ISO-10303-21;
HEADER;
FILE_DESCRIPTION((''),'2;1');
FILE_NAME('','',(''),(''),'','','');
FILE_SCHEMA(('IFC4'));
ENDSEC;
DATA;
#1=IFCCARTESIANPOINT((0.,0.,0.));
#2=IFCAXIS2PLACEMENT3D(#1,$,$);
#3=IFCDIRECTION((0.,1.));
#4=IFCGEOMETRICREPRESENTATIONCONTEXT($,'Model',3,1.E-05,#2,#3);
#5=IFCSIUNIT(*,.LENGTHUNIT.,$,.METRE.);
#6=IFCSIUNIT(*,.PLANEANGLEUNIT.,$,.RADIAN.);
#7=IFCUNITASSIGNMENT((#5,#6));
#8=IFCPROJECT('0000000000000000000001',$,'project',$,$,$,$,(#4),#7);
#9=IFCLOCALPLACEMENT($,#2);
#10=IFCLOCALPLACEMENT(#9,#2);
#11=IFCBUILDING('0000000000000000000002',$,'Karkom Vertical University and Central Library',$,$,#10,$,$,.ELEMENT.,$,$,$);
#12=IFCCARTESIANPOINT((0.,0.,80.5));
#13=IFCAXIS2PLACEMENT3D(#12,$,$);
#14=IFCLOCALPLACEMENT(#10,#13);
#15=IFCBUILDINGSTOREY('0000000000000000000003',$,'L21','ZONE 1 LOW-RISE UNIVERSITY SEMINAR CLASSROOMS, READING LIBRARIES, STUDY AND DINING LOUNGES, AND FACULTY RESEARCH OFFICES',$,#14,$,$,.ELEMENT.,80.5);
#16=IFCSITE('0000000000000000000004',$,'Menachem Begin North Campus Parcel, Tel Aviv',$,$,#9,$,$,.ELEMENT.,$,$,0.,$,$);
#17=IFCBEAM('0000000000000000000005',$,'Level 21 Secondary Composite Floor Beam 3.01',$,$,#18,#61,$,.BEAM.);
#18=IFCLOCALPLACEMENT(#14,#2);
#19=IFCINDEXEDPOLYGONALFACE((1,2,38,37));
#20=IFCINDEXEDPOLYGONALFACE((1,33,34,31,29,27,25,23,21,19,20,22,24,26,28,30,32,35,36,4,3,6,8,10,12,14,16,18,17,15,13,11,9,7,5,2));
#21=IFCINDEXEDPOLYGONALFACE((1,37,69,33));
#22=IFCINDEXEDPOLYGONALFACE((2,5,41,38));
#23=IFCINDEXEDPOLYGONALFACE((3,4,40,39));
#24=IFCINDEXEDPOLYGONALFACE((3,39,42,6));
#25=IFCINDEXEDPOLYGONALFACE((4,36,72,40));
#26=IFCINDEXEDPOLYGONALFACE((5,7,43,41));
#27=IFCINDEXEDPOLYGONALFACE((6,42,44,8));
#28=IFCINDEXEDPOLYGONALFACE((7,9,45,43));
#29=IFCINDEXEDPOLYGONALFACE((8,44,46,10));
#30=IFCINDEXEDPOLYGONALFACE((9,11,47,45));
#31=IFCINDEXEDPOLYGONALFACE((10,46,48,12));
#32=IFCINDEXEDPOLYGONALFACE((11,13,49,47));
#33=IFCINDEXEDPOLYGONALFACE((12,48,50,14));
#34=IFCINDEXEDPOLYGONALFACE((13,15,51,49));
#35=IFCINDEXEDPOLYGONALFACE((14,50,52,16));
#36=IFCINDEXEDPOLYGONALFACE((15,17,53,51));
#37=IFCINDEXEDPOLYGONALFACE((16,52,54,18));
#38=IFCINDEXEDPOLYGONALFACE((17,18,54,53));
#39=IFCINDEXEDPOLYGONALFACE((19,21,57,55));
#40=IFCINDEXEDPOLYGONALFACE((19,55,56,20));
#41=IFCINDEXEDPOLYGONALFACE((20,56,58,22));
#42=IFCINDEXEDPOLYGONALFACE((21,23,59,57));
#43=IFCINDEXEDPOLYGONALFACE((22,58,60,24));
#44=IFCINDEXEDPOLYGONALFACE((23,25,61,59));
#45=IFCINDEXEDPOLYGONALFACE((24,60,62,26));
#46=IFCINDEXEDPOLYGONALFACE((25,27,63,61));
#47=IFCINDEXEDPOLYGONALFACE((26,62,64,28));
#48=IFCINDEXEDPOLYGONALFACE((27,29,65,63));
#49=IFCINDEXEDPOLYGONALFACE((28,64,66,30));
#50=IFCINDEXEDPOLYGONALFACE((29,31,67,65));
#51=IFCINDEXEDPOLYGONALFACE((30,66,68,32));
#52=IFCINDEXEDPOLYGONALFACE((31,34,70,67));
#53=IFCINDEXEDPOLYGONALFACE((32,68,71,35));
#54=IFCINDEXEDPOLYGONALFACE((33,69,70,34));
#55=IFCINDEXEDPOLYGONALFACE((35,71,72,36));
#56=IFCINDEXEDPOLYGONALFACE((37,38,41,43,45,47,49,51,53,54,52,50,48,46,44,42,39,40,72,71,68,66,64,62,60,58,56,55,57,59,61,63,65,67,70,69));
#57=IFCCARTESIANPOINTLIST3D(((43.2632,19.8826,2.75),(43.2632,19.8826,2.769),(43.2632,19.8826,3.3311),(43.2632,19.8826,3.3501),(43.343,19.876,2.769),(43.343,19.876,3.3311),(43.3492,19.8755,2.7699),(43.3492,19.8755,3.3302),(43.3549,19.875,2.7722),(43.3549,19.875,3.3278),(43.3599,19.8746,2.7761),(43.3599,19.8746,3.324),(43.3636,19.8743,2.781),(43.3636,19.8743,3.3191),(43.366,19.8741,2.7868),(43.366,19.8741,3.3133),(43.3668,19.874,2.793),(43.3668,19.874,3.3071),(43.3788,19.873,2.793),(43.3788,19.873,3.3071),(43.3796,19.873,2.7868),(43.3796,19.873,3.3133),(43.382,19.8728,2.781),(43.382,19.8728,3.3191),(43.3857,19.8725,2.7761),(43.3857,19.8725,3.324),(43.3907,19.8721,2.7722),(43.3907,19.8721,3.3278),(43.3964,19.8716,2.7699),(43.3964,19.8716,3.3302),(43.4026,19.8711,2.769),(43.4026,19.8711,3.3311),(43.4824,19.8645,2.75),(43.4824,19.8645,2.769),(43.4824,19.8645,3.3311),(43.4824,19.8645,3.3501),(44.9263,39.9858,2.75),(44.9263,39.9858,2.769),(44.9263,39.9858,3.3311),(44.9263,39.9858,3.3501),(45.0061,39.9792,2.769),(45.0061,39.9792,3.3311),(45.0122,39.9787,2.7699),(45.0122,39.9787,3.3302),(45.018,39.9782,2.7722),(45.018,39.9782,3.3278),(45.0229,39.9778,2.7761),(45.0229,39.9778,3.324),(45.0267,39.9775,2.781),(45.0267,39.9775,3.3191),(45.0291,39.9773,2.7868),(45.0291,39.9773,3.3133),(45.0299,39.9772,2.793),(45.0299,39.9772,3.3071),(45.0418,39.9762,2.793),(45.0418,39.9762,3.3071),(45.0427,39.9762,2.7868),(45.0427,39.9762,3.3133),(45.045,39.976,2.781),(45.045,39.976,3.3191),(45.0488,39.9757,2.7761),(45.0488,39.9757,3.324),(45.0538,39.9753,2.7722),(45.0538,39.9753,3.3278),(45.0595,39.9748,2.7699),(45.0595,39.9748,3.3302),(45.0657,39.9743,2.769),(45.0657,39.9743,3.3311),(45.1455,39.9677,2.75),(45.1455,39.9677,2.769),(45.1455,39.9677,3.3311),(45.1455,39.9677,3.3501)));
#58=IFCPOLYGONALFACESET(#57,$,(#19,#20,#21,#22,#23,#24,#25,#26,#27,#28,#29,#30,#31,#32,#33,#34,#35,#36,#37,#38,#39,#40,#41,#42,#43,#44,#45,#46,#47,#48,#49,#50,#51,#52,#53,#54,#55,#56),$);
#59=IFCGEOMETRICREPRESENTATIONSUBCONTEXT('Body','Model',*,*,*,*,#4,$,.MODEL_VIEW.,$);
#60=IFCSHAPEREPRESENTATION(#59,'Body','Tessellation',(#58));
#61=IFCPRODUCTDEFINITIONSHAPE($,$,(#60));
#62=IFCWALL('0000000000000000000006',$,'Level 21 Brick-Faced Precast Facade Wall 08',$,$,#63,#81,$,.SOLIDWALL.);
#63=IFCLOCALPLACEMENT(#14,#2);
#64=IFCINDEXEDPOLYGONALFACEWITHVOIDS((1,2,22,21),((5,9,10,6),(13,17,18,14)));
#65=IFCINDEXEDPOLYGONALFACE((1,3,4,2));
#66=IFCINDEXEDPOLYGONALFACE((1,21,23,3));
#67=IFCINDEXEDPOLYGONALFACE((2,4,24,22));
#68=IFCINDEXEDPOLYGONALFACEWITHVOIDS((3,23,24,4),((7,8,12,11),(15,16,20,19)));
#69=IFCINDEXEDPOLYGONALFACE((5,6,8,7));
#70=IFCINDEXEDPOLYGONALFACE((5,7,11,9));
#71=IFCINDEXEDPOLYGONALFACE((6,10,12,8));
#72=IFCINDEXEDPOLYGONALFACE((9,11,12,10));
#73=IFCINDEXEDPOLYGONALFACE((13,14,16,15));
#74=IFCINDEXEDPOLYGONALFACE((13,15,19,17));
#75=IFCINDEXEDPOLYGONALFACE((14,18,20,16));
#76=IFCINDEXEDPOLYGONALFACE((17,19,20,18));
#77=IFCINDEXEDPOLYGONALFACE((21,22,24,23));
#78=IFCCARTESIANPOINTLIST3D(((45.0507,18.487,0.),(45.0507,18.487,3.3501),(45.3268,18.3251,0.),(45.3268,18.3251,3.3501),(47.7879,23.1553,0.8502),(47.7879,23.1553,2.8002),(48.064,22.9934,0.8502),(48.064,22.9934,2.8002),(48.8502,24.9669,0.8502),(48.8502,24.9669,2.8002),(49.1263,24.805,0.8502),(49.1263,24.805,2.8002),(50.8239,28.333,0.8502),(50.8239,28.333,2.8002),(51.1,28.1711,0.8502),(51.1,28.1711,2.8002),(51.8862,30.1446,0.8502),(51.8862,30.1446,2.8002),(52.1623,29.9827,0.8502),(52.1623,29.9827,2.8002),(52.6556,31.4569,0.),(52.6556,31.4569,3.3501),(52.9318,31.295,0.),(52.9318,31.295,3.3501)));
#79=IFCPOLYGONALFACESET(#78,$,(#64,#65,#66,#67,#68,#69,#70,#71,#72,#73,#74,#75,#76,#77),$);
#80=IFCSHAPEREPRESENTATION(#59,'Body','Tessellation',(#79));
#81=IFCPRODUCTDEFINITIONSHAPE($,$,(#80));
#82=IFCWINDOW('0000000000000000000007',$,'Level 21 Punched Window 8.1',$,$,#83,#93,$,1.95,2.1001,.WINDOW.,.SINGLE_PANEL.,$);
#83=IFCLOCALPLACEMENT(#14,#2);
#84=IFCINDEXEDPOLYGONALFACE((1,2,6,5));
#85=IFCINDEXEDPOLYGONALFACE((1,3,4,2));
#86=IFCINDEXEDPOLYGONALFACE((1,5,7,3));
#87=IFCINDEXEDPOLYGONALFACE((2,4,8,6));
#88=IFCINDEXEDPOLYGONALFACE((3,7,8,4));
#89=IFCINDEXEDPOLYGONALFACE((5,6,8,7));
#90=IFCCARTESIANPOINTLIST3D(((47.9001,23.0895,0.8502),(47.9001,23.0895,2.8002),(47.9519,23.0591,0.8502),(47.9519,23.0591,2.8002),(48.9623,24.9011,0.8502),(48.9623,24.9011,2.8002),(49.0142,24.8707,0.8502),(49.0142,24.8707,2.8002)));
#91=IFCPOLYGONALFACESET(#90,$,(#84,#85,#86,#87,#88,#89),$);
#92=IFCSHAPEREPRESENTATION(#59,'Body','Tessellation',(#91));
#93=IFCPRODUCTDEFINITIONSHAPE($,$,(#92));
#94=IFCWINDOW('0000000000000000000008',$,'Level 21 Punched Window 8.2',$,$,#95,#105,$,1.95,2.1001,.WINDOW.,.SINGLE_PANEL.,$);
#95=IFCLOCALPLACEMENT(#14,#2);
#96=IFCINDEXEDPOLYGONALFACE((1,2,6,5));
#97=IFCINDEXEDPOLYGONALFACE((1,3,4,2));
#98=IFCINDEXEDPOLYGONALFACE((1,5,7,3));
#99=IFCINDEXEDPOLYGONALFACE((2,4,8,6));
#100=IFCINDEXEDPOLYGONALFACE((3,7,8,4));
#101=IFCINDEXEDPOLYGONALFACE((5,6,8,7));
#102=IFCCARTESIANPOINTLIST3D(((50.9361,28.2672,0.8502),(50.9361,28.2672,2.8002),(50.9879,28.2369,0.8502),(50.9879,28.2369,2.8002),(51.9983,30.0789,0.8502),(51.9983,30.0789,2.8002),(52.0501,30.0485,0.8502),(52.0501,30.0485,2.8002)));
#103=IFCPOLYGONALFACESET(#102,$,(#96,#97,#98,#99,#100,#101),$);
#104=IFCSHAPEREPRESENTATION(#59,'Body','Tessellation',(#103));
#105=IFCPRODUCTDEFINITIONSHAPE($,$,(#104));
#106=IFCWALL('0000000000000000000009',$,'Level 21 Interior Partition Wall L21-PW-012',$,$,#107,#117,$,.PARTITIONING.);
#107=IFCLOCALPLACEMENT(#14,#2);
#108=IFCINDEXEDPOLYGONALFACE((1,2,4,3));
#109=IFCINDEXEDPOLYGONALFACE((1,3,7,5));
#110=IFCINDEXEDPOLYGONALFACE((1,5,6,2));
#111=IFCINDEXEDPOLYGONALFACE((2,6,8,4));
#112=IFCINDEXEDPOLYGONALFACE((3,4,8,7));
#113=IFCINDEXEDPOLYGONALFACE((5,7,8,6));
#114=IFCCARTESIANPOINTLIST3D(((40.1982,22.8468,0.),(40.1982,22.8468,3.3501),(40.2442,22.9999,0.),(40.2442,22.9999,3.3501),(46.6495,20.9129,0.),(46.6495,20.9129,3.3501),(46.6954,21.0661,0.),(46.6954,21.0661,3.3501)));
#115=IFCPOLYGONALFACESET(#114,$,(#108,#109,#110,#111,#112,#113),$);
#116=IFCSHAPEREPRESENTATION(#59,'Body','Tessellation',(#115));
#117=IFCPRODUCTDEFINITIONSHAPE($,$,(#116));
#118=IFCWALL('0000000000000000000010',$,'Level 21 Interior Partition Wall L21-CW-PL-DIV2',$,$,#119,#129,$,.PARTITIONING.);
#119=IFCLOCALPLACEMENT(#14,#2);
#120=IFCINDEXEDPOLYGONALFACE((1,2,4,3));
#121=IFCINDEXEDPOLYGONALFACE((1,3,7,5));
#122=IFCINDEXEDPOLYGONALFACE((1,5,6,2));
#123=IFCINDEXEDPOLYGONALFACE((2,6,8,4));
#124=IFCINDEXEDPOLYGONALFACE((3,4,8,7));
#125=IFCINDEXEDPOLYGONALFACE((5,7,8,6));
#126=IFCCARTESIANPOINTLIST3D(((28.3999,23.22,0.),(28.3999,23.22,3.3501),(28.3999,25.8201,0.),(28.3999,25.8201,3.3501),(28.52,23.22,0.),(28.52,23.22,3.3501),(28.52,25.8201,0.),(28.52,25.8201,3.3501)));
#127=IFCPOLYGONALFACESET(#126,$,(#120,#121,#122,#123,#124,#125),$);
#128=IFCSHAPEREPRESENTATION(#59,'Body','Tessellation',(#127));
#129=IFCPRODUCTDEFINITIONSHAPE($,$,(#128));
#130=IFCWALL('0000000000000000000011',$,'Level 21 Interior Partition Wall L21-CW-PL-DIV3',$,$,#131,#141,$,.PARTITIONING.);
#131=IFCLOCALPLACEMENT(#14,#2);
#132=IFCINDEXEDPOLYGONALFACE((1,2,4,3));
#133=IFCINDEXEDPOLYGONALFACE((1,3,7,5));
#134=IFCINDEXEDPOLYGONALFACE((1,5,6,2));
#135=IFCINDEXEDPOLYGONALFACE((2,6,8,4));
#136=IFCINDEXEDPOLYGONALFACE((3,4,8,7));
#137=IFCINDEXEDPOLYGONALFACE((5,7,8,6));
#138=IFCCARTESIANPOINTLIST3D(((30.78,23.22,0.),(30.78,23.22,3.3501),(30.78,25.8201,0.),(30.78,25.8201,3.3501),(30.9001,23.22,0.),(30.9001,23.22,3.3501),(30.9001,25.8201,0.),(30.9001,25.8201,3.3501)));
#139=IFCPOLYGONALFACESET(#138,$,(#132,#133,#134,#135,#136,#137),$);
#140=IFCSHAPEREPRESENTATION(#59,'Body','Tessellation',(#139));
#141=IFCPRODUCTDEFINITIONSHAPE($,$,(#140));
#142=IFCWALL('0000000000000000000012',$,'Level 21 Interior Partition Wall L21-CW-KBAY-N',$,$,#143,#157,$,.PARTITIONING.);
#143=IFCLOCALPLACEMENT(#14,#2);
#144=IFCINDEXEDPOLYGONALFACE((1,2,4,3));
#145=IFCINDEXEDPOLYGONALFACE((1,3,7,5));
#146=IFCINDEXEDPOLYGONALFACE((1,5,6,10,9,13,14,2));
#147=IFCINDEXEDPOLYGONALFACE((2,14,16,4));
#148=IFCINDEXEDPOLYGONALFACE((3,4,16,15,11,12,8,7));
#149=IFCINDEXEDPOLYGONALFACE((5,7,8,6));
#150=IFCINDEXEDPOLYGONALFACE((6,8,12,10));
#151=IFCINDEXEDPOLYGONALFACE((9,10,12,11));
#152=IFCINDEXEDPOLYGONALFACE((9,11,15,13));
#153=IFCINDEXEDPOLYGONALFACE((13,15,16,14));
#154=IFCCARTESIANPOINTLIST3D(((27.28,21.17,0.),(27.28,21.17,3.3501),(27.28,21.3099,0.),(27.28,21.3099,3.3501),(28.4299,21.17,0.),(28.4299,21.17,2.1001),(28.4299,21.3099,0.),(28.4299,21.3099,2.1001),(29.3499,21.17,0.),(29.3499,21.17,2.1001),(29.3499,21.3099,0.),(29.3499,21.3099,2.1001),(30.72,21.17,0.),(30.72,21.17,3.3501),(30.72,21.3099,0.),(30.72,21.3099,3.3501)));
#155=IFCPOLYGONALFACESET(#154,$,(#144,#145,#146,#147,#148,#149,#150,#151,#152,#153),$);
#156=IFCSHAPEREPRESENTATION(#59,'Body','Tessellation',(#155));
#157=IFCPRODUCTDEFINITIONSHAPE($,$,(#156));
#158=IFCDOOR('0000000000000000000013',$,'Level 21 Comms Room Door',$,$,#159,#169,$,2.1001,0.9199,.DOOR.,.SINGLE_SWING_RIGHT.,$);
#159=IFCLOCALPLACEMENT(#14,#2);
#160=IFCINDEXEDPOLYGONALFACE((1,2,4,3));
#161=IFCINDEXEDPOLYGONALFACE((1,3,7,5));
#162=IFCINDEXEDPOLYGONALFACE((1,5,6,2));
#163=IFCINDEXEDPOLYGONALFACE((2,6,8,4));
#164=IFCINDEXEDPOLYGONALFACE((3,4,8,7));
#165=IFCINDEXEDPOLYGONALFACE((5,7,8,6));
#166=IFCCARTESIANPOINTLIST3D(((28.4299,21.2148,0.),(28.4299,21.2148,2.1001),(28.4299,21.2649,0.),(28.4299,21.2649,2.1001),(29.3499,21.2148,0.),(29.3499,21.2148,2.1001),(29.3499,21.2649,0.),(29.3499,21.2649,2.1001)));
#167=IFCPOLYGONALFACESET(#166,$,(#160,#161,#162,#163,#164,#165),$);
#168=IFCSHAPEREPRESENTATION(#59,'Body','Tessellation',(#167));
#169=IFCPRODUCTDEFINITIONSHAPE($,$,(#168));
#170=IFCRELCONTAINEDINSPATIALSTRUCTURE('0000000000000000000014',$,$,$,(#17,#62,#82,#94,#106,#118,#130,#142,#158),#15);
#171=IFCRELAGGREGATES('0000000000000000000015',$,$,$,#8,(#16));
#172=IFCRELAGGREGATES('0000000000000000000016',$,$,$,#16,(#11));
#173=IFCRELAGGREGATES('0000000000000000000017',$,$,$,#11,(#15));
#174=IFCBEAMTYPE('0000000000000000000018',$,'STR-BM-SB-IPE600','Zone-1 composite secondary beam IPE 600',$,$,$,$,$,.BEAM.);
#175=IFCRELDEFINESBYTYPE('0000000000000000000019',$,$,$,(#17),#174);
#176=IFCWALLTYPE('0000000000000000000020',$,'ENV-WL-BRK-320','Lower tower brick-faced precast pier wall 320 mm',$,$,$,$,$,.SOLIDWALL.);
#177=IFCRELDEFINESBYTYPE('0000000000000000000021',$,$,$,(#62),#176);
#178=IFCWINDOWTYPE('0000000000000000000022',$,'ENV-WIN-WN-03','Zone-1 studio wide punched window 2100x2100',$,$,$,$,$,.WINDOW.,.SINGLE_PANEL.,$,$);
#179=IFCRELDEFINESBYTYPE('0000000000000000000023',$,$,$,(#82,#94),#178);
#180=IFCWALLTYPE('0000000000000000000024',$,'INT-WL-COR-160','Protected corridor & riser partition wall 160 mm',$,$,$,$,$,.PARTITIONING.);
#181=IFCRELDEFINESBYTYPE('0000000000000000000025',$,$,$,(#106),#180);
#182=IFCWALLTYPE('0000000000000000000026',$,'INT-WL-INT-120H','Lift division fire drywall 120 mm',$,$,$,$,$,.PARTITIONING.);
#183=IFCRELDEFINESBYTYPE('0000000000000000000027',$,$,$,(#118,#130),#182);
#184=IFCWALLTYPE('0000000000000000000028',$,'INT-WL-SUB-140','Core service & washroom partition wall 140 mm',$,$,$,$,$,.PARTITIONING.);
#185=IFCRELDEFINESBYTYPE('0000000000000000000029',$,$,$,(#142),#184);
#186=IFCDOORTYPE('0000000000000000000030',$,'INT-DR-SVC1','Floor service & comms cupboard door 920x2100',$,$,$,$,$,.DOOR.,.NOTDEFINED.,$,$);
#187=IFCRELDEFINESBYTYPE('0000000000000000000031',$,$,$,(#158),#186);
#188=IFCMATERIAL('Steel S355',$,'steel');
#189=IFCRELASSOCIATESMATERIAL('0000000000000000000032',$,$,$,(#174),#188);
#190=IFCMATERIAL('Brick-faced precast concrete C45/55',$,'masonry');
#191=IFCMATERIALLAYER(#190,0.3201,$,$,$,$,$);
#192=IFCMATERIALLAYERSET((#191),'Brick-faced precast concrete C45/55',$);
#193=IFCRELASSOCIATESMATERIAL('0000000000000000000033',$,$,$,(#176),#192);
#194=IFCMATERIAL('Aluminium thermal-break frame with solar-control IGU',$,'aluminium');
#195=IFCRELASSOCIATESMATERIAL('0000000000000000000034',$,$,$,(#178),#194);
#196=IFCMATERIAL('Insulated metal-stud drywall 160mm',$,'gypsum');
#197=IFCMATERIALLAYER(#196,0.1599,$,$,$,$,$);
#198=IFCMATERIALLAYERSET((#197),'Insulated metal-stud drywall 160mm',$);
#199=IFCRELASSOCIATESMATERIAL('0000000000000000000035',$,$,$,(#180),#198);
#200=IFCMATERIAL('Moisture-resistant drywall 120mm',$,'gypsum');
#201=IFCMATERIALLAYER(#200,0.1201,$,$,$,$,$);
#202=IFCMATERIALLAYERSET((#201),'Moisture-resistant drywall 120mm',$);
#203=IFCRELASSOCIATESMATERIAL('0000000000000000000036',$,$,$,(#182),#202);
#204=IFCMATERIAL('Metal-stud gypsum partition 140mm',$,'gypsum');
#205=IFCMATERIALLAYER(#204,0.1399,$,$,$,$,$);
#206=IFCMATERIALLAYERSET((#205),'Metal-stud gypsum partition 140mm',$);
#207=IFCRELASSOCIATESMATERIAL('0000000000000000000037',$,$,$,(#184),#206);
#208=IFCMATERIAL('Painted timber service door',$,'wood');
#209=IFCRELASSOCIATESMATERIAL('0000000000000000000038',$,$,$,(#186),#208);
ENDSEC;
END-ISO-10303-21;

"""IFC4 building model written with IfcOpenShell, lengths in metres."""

from ifc_helpers import new_model, si_unit, direction, frame, frame_2d, origin, origin_with_axes, origin_2d, place, context, subcontext, project, spatial, rectangle, i_section, extrude, source, transform, mapped, material, layer, layer_set, material_profile, profile_set, type_object, element, fill, save


model = new_model("IFC4")

# Units and contexts
model_context = context("Model", 3, precision=1e-05, world=origin(), true_north=direction((0.0, 1.0)))
body_context = subcontext(model_context, "Body", "Model", "MODEL_VIEW")
ifc_project = project(units=[si_unit("LENGTHUNIT", "METRE"), si_unit("PLANEANGLEUNIT", "RADIAN")], contexts=[model_context])

# Site, building, storey
site_placement = place(None, origin())
site = spatial("IfcSite", under=ifc_project, at=site_placement, Name="Menachem Begin North Campus Parcel, Tel Aviv", CompositionType="ELEMENT", RefElevation=0.0)
building_placement = place(site_placement, origin())
building = spatial("IfcBuilding", under=site, at=building_placement, Name="Karkom Vertical University and Central Library", CompositionType="ELEMENT")
storey_placement = place(building_placement, frame((0.0, 0.0, 80.5)))
storey = spatial("IfcBuildingStorey", under=building, at=storey_placement, Name="L21", Description="ZONE 1 LOW-RISE UNIVERSITY SEMINAR CLASSROOMS, READING LIBRARIES, STUDY AND DINING LOUNGES, AND FACULTY RESEARCH OFFICES", CompositionType="ELEMENT", Elevation=80.5)

# Beam
ifc_material_1 = material(Name="Steel S355", Category="steel")
ifc_material_profile_1 = material_profile(ifc_material_1, i_section(OverallWidth=0.22, OverallDepth=0.6001, WebThickness=0.012, FlangeThickness=0.019, FilletRadius=0.0239, at=origin_2d()), Name="IPE 600")
ifc_profile_set_1 = profile_set([ifc_material_profile_1], Name="Steel S355")
beam_type_1 = type_object("IfcBeamType", Name="STR-BM-SB-IPE600", Description="Zone-1 composite secondary beam IPE 600", PredefinedType="BEAM", material=ifc_profile_set_1)
shared_shape_1 = source(origin_with_axes(), body_context, "Body", "SweptSolid", [
    extrude(i_section(OverallWidth=0.22, OverallDepth=0.6001, WebThickness=0.012, FlangeThickness=0.019, FilletRadius=0.0239, at=origin_2d()), origin(), (0.0, 0.0, 1.0), 20.1719),
])
beam_1_placement = place(storey_placement, frame((43.3728, 19.8735, 3.05), z_axis=(0.082445, 0.996596, 0.0), x_axis=(-0.996596, 0.082445, 0.0)))
element("IfcBeam", 1, at=beam_1_placement, inside=storey, type_object=beam_type_1, Name="Level 21 Secondary Composite Floor Beam 3.01", PredefinedType="BEAM", context=body_context, shape_type="MappedRepresentation", body=[
    mapped(shared_shape_1, transform((0.0, 0.0, 0.0), scale=1.0)),
])

# Wall, openings, windows
ifc_material_2 = material(Name="Brick-faced precast concrete C45/55", Category="masonry")
ifc_layer_1 = layer(ifc_material_2, 0.3201)
ifc_layer_set_1 = layer_set([ifc_layer_1], Name="Brick-faced precast concrete C45/55")
wall_type_1 = type_object("IfcWallType", Name="ENV-WL-BRK-320", Description="Lower tower brick-faced precast pier wall 320 mm", PredefinedType="SOLIDWALL", material=ifc_layer_set_1)
wall_1_placement = place(storey_placement, frame((45.1887, 18.406, 0.0), z_axis=(0.0, 0.0, 1.0), x_axis=(0.505813, 0.862643, 0.0)))
wall_1 = element("IfcWall", 2, at=wall_1_placement, inside=storey, type_object=wall_type_1, Name="Level 21 Brick-Faced Precast Facade Wall 08", PredefinedType="SOLIDWALL", context=body_context, shape_type="SweptSolid", body=[
    extrude(rectangle(XDim=15.0352, YDim=0.3201, at=frame_2d((7.5176, 0.0))), origin(), (0.0, 0.0, 1.0), 3.3501),
])
opening_1_placement = place(wall_1_placement, frame((5.4116, 0.0, 0.8501)))
opening_1 = element("IfcOpeningElement", 3, at=opening_1_placement, cuts=wall_1, PredefinedType="OPENING", context=body_context, shape_type="SweptSolid", body=[
    extrude(rectangle(XDim=2.1001, YDim=1.95, at=frame_2d((1.05, 0.9751))), frame((0.0, 0.1699, 0.0), z_axis=(0.0, -1.0, 0.0), x_axis=(1.0, 0.0, 0.0)), (0.0, 0.0, 1.0), 0.3401),
])
opening_2_placement = place(wall_1_placement, frame((11.4138, 0.0, 0.8501)))
opening_2 = element("IfcOpeningElement", 4, at=opening_2_placement, cuts=wall_1, PredefinedType="OPENING", context=body_context, shape_type="SweptSolid", body=[
    extrude(rectangle(XDim=2.1001, YDim=1.95, at=frame_2d((1.05, 0.9751))), frame((0.0, 0.1699, 0.0), z_axis=(0.0, -1.0, 0.0), x_axis=(1.0, 0.0, 0.0)), (0.0, 0.0, 1.0), 0.3401),
])
ifc_material_3 = material(Name="Aluminium thermal-break frame with solar-control IGU", Category="aluminium")
window_type = type_object("IfcWindowType", Name="ENV-WIN-WN-03", Description="Zone-1 studio wide punched window 2100x2100", PartitioningType="SINGLE_PANEL", PredefinedType="WINDOW", material=ifc_material_3)
shared_shape_2 = source(origin_with_axes(), body_context, "Body", "SweptSolid", [
    extrude(rectangle(XDim=2.1001, YDim=1.95, at=frame_2d((1.05, 0.9751))), frame((0.0, 0.03, 0.0), z_axis=(0.0, -1.0, 0.0), x_axis=(1.0, 0.0, 0.0)), (0.0, 0.0, 1.0), 0.0601),
])
window_1_placement = place(opening_1_placement, origin())
window_1 = element("IfcWindow", 5, at=window_1_placement, inside=storey, type_object=window_type, Name="Level 21 Punched Window 8.1", OverallHeight=1.95, OverallWidth=2.1001, PartitioningType="SINGLE_PANEL", PredefinedType="WINDOW", context=body_context, shape_type="MappedRepresentation", body=[
    mapped(shared_shape_2, transform((0.0, 0.0, 0.0), scale=1.0)),
])
fill(opening_1, window_1)
window_2_placement = place(opening_2_placement, origin())
window_2 = element("IfcWindow", 6, at=window_2_placement, inside=storey, type_object=window_type, Name="Level 21 Punched Window 8.2", OverallHeight=1.95, OverallWidth=2.1001, PartitioningType="SINGLE_PANEL", PredefinedType="WINDOW", context=body_context, shape_type="MappedRepresentation", body=[
    mapped(shared_shape_2, transform((0.0, 0.0, 0.0), scale=1.0)),
])
fill(opening_2, window_2)

# Walls
ifc_material_4 = material(Name="Insulated metal-stud drywall 160mm", Category="gypsum")
ifc_layer_2 = layer(ifc_material_4, 0.1599)
ifc_layer_set_2 = layer_set([ifc_layer_2], Name="Insulated metal-stud drywall 160mm")
wall_type_2 = type_object("IfcWallType", Name="INT-WL-COR-160", Description="Protected corridor & riser partition wall 160 mm", PredefinedType="PARTITIONING", material=ifc_layer_set_2)
wall_2_placement = place(storey_placement, frame((40.2212, 22.9233, 0.0), z_axis=(0.0, 0.0, 1.0), x_axis=(0.957888, -0.287142, 0.0)))
element("IfcWall", 7, at=wall_2_placement, inside=storey, type_object=wall_type_2, Name="Level 21 Interior Partition Wall L21-PW-012", PredefinedType="PARTITIONING", context=body_context, shape_type="SweptSolid", body=[
    extrude(rectangle(XDim=6.7349, YDim=0.1599, at=frame_2d((3.3674, 0.0))), origin(), (0.0, 0.0, 1.0), 3.3501),
])
ifc_material_5 = material(Name="Moisture-resistant drywall 120mm", Category="gypsum")
ifc_layer_3 = layer(ifc_material_5, 0.1201)
ifc_layer_set_3 = layer_set([ifc_layer_3], Name="Moisture-resistant drywall 120mm")
wall_type_3 = type_object("IfcWallType", Name="INT-WL-INT-120H", Description="Lift division fire drywall 120 mm", PredefinedType="PARTITIONING", material=ifc_layer_set_3)
for number, where, z_axis, x_axis, name in (
    (8, (28.46, 23.22, 0.0), (0.0, 0.0, 1.0), (0.0, 1.0, 0.0), "Level 21 Interior Partition Wall L21-CW-PL-DIV2"),
    (9, (30.8401, 23.22, 0.0), (0.0, 0.0, 1.0), (0.0, 1.0, 0.0), "Level 21 Interior Partition Wall L21-CW-PL-DIV3"),
):
    element("IfcWall", number, at=place(storey_placement, frame(where, z_axis=z_axis, x_axis=x_axis)), inside=storey, type_object=wall_type_3, Name=name, PredefinedType="PARTITIONING", context=body_context, shape_type="SweptSolid", body=[
        extrude(rectangle(XDim=2.6001, YDim=0.1201, at=frame_2d((1.3, 0.0))), origin(), (0.0, 0.0, 1.0), 3.3501),
    ])

# Wall, opening, door
ifc_material_6 = material(Name="Metal-stud gypsum partition 140mm", Category="gypsum")
ifc_layer_4 = layer(ifc_material_6, 0.1399)
ifc_layer_set_4 = layer_set([ifc_layer_4], Name="Metal-stud gypsum partition 140mm")
wall_type_4 = type_object("IfcWallType", Name="INT-WL-SUB-140", Description="Core service & washroom partition wall 140 mm", PredefinedType="PARTITIONING", material=ifc_layer_set_4)
wall_3_placement = place(storey_placement, frame((27.28, 21.24, 0.0), z_axis=(0.0, 0.0, 1.0), x_axis=(1.0, 0.0, 0.0)))
wall_3 = element("IfcWall", 10, at=wall_3_placement, inside=storey, type_object=wall_type_4, Name="Level 21 Interior Partition Wall L21-CW-KBAY-N", PredefinedType="PARTITIONING", context=body_context, shape_type="SweptSolid", body=[
    extrude(rectangle(XDim=3.4399, YDim=0.1399, at=frame_2d((1.72, 0.0))), origin(), (0.0, 0.0, 1.0), 3.3501),
])
opening_3_placement = place(wall_3_placement, frame((1.1499, 0.0, 0.0)))
opening_3 = element("IfcOpeningElement", 11, at=opening_3_placement, cuts=wall_3, PredefinedType="OPENING", context=body_context, shape_type="SweptSolid", body=[
    extrude(rectangle(XDim=0.9199, YDim=2.1001, at=frame_2d((0.46, 1.05))), frame((0.0, 0.0801, 0.0), z_axis=(0.0, -1.0, 0.0), x_axis=(1.0, 0.0, 0.0)), (0.0, 0.0, 1.0), 0.1599),
])
ifc_material_7 = material(Name="Painted timber service door", Category="wood")
door_type_1 = type_object("IfcDoorType", Name="INT-DR-SVC1", Description="Floor service & comms cupboard door 920x2100", OperationType="NOTDEFINED", PredefinedType="DOOR", material=ifc_material_7)
shared_shape_3 = source(origin_with_axes(), body_context, "Body", "SweptSolid", [
    extrude(rectangle(XDim=0.9199, YDim=2.1001, at=frame_2d((0.46, 1.05))), frame((0.0, 0.0249, 0.0), z_axis=(0.0, -1.0, 0.0), x_axis=(1.0, 0.0, 0.0)), (0.0, 0.0, 1.0), 0.05),
])
door_1_placement = place(opening_3_placement, origin())
door_1 = element("IfcDoor", 12, at=door_1_placement, inside=storey, type_object=door_type_1, Name="Level 21 Comms Room Door", OperationType="SINGLE_SWING_RIGHT", OverallHeight=2.1001, OverallWidth=0.9199, PredefinedType="DOOR", context=body_context, shape_type="MappedRepresentation", body=[
    mapped(shared_shape_3, transform((0.0, 0.0, 0.0), scale=1.0)),
])
fill(opening_3, door_1)

save(model, "model.ifc")
